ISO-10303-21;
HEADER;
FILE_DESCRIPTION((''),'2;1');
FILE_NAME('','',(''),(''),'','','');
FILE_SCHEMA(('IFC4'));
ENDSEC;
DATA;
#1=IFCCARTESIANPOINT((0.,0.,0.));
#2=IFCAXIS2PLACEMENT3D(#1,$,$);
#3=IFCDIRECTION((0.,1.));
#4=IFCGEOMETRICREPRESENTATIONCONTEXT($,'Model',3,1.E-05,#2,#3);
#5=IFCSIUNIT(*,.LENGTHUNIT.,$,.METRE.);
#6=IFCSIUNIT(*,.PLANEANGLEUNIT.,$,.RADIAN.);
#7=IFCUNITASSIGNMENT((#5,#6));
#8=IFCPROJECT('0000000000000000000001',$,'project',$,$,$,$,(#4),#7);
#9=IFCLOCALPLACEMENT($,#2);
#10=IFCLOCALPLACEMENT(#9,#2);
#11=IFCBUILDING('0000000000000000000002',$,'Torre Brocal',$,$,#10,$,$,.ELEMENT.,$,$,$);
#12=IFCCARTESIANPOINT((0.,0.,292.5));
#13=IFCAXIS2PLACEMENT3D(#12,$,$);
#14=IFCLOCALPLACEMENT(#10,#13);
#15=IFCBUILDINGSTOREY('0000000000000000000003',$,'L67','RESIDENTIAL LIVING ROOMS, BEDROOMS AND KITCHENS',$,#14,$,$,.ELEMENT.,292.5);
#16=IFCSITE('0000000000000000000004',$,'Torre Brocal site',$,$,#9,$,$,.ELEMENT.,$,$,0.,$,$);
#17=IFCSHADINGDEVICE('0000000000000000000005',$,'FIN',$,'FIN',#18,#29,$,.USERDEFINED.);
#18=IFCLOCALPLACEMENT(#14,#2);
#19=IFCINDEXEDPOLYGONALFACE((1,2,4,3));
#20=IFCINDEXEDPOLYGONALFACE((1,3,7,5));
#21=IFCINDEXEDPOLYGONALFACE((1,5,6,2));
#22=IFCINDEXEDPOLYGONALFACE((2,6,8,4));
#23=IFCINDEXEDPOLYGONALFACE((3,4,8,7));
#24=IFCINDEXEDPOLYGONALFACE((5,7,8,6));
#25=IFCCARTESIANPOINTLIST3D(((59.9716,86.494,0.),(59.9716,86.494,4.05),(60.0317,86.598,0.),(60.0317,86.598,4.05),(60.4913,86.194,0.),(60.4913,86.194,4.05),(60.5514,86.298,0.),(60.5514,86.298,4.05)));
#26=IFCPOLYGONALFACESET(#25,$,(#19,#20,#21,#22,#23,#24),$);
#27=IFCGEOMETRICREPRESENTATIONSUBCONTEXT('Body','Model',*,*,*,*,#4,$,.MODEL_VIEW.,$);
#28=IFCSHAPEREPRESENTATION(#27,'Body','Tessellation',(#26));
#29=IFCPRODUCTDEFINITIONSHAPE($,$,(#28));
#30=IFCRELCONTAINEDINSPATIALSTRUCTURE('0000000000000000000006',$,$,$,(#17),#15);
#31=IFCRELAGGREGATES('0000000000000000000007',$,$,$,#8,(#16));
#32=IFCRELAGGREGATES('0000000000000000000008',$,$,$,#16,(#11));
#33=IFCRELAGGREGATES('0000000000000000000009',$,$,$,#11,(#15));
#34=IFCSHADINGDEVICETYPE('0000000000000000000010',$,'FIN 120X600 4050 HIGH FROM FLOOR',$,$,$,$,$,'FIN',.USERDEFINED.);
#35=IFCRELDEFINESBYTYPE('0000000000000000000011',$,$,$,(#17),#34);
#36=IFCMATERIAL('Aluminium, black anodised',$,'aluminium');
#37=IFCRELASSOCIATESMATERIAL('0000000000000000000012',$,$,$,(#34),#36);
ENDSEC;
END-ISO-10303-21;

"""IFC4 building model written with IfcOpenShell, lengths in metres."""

from ifc_helpers import new_model, si_unit, direction, frame, origin, origin_2d, place, context, subcontext, project, spatial, rectangle, extrude, material, material_profile, profile_set, type_object, element, save


model = new_model("IFC4")

# Units and contexts
model_context = context("Model", 3, precision=1e-05, world=origin(), true_north=direction((0.0, 1.0)))
body_context = subcontext(model_context, "Body", "Model", "MODEL_VIEW")
ifc_project = project(units=[si_unit("LENGTHUNIT", "METRE"), si_unit("PLANEANGLEUNIT", "RADIAN")], contexts=[model_context])

# Site, building, storey
site_placement = place(None, origin())
site = spatial("IfcSite", under=ifc_project, at=site_placement, Name="Torre Brocal site", CompositionType="ELEMENT", RefElevation=0.0)
building_placement = place(site_placement, origin())
building = spatial("IfcBuilding", under=site, at=building_placement, Name="Torre Brocal", CompositionType="ELEMENT")
storey_placement = place(building_placement, frame((0.0, 0.0, 292.5)))
storey = spatial("IfcBuildingStorey", under=building, at=storey_placement, Name="L67", Description="RESIDENTIAL LIVING ROOMS, BEDROOMS AND KITCHENS", CompositionType="ELEMENT", Elevation=292.5)

# Shading device
ifc_material_1 = material(Name="Aluminium, black anodised", Category="aluminium")
ifc_material_profile_1 = material_profile(ifc_material_1, rectangle(XDim=0.1201, YDim=0.6001, at=origin_2d()), Name="FIN 120X600 4050 HIGH FROM FLOOR")
ifc_profile_set_1 = profile_set([ifc_material_profile_1], Name="Aluminium, black anodised")
shading_device_type = type_object("IfcShadingDeviceType", Name="FIN 120X600 4050 HIGH FROM FLOOR", ElementType="FIN", PredefinedType="USERDEFINED", material=ifc_profile_set_1)
shading_device_placement = place(storey_placement, frame((60.2615, 86.396, 0.0), z_axis=(0.0, 0.0, 1.0), x_axis=(-0.5, -0.866025, 0.0)))
element("IfcShadingDevice", 1, at=shading_device_placement, inside=storey, type_object=shading_device_type, Name="FIN", ObjectType="FIN", PredefinedType="USERDEFINED", context=body_context, shape_type="SweptSolid", body=[
    extrude(rectangle(XDim=0.1201, YDim=0.6001, at=origin_2d()), origin(), (0.0, 0.0, 1.0), 4.05),
])

save(model, "model.ifc")
